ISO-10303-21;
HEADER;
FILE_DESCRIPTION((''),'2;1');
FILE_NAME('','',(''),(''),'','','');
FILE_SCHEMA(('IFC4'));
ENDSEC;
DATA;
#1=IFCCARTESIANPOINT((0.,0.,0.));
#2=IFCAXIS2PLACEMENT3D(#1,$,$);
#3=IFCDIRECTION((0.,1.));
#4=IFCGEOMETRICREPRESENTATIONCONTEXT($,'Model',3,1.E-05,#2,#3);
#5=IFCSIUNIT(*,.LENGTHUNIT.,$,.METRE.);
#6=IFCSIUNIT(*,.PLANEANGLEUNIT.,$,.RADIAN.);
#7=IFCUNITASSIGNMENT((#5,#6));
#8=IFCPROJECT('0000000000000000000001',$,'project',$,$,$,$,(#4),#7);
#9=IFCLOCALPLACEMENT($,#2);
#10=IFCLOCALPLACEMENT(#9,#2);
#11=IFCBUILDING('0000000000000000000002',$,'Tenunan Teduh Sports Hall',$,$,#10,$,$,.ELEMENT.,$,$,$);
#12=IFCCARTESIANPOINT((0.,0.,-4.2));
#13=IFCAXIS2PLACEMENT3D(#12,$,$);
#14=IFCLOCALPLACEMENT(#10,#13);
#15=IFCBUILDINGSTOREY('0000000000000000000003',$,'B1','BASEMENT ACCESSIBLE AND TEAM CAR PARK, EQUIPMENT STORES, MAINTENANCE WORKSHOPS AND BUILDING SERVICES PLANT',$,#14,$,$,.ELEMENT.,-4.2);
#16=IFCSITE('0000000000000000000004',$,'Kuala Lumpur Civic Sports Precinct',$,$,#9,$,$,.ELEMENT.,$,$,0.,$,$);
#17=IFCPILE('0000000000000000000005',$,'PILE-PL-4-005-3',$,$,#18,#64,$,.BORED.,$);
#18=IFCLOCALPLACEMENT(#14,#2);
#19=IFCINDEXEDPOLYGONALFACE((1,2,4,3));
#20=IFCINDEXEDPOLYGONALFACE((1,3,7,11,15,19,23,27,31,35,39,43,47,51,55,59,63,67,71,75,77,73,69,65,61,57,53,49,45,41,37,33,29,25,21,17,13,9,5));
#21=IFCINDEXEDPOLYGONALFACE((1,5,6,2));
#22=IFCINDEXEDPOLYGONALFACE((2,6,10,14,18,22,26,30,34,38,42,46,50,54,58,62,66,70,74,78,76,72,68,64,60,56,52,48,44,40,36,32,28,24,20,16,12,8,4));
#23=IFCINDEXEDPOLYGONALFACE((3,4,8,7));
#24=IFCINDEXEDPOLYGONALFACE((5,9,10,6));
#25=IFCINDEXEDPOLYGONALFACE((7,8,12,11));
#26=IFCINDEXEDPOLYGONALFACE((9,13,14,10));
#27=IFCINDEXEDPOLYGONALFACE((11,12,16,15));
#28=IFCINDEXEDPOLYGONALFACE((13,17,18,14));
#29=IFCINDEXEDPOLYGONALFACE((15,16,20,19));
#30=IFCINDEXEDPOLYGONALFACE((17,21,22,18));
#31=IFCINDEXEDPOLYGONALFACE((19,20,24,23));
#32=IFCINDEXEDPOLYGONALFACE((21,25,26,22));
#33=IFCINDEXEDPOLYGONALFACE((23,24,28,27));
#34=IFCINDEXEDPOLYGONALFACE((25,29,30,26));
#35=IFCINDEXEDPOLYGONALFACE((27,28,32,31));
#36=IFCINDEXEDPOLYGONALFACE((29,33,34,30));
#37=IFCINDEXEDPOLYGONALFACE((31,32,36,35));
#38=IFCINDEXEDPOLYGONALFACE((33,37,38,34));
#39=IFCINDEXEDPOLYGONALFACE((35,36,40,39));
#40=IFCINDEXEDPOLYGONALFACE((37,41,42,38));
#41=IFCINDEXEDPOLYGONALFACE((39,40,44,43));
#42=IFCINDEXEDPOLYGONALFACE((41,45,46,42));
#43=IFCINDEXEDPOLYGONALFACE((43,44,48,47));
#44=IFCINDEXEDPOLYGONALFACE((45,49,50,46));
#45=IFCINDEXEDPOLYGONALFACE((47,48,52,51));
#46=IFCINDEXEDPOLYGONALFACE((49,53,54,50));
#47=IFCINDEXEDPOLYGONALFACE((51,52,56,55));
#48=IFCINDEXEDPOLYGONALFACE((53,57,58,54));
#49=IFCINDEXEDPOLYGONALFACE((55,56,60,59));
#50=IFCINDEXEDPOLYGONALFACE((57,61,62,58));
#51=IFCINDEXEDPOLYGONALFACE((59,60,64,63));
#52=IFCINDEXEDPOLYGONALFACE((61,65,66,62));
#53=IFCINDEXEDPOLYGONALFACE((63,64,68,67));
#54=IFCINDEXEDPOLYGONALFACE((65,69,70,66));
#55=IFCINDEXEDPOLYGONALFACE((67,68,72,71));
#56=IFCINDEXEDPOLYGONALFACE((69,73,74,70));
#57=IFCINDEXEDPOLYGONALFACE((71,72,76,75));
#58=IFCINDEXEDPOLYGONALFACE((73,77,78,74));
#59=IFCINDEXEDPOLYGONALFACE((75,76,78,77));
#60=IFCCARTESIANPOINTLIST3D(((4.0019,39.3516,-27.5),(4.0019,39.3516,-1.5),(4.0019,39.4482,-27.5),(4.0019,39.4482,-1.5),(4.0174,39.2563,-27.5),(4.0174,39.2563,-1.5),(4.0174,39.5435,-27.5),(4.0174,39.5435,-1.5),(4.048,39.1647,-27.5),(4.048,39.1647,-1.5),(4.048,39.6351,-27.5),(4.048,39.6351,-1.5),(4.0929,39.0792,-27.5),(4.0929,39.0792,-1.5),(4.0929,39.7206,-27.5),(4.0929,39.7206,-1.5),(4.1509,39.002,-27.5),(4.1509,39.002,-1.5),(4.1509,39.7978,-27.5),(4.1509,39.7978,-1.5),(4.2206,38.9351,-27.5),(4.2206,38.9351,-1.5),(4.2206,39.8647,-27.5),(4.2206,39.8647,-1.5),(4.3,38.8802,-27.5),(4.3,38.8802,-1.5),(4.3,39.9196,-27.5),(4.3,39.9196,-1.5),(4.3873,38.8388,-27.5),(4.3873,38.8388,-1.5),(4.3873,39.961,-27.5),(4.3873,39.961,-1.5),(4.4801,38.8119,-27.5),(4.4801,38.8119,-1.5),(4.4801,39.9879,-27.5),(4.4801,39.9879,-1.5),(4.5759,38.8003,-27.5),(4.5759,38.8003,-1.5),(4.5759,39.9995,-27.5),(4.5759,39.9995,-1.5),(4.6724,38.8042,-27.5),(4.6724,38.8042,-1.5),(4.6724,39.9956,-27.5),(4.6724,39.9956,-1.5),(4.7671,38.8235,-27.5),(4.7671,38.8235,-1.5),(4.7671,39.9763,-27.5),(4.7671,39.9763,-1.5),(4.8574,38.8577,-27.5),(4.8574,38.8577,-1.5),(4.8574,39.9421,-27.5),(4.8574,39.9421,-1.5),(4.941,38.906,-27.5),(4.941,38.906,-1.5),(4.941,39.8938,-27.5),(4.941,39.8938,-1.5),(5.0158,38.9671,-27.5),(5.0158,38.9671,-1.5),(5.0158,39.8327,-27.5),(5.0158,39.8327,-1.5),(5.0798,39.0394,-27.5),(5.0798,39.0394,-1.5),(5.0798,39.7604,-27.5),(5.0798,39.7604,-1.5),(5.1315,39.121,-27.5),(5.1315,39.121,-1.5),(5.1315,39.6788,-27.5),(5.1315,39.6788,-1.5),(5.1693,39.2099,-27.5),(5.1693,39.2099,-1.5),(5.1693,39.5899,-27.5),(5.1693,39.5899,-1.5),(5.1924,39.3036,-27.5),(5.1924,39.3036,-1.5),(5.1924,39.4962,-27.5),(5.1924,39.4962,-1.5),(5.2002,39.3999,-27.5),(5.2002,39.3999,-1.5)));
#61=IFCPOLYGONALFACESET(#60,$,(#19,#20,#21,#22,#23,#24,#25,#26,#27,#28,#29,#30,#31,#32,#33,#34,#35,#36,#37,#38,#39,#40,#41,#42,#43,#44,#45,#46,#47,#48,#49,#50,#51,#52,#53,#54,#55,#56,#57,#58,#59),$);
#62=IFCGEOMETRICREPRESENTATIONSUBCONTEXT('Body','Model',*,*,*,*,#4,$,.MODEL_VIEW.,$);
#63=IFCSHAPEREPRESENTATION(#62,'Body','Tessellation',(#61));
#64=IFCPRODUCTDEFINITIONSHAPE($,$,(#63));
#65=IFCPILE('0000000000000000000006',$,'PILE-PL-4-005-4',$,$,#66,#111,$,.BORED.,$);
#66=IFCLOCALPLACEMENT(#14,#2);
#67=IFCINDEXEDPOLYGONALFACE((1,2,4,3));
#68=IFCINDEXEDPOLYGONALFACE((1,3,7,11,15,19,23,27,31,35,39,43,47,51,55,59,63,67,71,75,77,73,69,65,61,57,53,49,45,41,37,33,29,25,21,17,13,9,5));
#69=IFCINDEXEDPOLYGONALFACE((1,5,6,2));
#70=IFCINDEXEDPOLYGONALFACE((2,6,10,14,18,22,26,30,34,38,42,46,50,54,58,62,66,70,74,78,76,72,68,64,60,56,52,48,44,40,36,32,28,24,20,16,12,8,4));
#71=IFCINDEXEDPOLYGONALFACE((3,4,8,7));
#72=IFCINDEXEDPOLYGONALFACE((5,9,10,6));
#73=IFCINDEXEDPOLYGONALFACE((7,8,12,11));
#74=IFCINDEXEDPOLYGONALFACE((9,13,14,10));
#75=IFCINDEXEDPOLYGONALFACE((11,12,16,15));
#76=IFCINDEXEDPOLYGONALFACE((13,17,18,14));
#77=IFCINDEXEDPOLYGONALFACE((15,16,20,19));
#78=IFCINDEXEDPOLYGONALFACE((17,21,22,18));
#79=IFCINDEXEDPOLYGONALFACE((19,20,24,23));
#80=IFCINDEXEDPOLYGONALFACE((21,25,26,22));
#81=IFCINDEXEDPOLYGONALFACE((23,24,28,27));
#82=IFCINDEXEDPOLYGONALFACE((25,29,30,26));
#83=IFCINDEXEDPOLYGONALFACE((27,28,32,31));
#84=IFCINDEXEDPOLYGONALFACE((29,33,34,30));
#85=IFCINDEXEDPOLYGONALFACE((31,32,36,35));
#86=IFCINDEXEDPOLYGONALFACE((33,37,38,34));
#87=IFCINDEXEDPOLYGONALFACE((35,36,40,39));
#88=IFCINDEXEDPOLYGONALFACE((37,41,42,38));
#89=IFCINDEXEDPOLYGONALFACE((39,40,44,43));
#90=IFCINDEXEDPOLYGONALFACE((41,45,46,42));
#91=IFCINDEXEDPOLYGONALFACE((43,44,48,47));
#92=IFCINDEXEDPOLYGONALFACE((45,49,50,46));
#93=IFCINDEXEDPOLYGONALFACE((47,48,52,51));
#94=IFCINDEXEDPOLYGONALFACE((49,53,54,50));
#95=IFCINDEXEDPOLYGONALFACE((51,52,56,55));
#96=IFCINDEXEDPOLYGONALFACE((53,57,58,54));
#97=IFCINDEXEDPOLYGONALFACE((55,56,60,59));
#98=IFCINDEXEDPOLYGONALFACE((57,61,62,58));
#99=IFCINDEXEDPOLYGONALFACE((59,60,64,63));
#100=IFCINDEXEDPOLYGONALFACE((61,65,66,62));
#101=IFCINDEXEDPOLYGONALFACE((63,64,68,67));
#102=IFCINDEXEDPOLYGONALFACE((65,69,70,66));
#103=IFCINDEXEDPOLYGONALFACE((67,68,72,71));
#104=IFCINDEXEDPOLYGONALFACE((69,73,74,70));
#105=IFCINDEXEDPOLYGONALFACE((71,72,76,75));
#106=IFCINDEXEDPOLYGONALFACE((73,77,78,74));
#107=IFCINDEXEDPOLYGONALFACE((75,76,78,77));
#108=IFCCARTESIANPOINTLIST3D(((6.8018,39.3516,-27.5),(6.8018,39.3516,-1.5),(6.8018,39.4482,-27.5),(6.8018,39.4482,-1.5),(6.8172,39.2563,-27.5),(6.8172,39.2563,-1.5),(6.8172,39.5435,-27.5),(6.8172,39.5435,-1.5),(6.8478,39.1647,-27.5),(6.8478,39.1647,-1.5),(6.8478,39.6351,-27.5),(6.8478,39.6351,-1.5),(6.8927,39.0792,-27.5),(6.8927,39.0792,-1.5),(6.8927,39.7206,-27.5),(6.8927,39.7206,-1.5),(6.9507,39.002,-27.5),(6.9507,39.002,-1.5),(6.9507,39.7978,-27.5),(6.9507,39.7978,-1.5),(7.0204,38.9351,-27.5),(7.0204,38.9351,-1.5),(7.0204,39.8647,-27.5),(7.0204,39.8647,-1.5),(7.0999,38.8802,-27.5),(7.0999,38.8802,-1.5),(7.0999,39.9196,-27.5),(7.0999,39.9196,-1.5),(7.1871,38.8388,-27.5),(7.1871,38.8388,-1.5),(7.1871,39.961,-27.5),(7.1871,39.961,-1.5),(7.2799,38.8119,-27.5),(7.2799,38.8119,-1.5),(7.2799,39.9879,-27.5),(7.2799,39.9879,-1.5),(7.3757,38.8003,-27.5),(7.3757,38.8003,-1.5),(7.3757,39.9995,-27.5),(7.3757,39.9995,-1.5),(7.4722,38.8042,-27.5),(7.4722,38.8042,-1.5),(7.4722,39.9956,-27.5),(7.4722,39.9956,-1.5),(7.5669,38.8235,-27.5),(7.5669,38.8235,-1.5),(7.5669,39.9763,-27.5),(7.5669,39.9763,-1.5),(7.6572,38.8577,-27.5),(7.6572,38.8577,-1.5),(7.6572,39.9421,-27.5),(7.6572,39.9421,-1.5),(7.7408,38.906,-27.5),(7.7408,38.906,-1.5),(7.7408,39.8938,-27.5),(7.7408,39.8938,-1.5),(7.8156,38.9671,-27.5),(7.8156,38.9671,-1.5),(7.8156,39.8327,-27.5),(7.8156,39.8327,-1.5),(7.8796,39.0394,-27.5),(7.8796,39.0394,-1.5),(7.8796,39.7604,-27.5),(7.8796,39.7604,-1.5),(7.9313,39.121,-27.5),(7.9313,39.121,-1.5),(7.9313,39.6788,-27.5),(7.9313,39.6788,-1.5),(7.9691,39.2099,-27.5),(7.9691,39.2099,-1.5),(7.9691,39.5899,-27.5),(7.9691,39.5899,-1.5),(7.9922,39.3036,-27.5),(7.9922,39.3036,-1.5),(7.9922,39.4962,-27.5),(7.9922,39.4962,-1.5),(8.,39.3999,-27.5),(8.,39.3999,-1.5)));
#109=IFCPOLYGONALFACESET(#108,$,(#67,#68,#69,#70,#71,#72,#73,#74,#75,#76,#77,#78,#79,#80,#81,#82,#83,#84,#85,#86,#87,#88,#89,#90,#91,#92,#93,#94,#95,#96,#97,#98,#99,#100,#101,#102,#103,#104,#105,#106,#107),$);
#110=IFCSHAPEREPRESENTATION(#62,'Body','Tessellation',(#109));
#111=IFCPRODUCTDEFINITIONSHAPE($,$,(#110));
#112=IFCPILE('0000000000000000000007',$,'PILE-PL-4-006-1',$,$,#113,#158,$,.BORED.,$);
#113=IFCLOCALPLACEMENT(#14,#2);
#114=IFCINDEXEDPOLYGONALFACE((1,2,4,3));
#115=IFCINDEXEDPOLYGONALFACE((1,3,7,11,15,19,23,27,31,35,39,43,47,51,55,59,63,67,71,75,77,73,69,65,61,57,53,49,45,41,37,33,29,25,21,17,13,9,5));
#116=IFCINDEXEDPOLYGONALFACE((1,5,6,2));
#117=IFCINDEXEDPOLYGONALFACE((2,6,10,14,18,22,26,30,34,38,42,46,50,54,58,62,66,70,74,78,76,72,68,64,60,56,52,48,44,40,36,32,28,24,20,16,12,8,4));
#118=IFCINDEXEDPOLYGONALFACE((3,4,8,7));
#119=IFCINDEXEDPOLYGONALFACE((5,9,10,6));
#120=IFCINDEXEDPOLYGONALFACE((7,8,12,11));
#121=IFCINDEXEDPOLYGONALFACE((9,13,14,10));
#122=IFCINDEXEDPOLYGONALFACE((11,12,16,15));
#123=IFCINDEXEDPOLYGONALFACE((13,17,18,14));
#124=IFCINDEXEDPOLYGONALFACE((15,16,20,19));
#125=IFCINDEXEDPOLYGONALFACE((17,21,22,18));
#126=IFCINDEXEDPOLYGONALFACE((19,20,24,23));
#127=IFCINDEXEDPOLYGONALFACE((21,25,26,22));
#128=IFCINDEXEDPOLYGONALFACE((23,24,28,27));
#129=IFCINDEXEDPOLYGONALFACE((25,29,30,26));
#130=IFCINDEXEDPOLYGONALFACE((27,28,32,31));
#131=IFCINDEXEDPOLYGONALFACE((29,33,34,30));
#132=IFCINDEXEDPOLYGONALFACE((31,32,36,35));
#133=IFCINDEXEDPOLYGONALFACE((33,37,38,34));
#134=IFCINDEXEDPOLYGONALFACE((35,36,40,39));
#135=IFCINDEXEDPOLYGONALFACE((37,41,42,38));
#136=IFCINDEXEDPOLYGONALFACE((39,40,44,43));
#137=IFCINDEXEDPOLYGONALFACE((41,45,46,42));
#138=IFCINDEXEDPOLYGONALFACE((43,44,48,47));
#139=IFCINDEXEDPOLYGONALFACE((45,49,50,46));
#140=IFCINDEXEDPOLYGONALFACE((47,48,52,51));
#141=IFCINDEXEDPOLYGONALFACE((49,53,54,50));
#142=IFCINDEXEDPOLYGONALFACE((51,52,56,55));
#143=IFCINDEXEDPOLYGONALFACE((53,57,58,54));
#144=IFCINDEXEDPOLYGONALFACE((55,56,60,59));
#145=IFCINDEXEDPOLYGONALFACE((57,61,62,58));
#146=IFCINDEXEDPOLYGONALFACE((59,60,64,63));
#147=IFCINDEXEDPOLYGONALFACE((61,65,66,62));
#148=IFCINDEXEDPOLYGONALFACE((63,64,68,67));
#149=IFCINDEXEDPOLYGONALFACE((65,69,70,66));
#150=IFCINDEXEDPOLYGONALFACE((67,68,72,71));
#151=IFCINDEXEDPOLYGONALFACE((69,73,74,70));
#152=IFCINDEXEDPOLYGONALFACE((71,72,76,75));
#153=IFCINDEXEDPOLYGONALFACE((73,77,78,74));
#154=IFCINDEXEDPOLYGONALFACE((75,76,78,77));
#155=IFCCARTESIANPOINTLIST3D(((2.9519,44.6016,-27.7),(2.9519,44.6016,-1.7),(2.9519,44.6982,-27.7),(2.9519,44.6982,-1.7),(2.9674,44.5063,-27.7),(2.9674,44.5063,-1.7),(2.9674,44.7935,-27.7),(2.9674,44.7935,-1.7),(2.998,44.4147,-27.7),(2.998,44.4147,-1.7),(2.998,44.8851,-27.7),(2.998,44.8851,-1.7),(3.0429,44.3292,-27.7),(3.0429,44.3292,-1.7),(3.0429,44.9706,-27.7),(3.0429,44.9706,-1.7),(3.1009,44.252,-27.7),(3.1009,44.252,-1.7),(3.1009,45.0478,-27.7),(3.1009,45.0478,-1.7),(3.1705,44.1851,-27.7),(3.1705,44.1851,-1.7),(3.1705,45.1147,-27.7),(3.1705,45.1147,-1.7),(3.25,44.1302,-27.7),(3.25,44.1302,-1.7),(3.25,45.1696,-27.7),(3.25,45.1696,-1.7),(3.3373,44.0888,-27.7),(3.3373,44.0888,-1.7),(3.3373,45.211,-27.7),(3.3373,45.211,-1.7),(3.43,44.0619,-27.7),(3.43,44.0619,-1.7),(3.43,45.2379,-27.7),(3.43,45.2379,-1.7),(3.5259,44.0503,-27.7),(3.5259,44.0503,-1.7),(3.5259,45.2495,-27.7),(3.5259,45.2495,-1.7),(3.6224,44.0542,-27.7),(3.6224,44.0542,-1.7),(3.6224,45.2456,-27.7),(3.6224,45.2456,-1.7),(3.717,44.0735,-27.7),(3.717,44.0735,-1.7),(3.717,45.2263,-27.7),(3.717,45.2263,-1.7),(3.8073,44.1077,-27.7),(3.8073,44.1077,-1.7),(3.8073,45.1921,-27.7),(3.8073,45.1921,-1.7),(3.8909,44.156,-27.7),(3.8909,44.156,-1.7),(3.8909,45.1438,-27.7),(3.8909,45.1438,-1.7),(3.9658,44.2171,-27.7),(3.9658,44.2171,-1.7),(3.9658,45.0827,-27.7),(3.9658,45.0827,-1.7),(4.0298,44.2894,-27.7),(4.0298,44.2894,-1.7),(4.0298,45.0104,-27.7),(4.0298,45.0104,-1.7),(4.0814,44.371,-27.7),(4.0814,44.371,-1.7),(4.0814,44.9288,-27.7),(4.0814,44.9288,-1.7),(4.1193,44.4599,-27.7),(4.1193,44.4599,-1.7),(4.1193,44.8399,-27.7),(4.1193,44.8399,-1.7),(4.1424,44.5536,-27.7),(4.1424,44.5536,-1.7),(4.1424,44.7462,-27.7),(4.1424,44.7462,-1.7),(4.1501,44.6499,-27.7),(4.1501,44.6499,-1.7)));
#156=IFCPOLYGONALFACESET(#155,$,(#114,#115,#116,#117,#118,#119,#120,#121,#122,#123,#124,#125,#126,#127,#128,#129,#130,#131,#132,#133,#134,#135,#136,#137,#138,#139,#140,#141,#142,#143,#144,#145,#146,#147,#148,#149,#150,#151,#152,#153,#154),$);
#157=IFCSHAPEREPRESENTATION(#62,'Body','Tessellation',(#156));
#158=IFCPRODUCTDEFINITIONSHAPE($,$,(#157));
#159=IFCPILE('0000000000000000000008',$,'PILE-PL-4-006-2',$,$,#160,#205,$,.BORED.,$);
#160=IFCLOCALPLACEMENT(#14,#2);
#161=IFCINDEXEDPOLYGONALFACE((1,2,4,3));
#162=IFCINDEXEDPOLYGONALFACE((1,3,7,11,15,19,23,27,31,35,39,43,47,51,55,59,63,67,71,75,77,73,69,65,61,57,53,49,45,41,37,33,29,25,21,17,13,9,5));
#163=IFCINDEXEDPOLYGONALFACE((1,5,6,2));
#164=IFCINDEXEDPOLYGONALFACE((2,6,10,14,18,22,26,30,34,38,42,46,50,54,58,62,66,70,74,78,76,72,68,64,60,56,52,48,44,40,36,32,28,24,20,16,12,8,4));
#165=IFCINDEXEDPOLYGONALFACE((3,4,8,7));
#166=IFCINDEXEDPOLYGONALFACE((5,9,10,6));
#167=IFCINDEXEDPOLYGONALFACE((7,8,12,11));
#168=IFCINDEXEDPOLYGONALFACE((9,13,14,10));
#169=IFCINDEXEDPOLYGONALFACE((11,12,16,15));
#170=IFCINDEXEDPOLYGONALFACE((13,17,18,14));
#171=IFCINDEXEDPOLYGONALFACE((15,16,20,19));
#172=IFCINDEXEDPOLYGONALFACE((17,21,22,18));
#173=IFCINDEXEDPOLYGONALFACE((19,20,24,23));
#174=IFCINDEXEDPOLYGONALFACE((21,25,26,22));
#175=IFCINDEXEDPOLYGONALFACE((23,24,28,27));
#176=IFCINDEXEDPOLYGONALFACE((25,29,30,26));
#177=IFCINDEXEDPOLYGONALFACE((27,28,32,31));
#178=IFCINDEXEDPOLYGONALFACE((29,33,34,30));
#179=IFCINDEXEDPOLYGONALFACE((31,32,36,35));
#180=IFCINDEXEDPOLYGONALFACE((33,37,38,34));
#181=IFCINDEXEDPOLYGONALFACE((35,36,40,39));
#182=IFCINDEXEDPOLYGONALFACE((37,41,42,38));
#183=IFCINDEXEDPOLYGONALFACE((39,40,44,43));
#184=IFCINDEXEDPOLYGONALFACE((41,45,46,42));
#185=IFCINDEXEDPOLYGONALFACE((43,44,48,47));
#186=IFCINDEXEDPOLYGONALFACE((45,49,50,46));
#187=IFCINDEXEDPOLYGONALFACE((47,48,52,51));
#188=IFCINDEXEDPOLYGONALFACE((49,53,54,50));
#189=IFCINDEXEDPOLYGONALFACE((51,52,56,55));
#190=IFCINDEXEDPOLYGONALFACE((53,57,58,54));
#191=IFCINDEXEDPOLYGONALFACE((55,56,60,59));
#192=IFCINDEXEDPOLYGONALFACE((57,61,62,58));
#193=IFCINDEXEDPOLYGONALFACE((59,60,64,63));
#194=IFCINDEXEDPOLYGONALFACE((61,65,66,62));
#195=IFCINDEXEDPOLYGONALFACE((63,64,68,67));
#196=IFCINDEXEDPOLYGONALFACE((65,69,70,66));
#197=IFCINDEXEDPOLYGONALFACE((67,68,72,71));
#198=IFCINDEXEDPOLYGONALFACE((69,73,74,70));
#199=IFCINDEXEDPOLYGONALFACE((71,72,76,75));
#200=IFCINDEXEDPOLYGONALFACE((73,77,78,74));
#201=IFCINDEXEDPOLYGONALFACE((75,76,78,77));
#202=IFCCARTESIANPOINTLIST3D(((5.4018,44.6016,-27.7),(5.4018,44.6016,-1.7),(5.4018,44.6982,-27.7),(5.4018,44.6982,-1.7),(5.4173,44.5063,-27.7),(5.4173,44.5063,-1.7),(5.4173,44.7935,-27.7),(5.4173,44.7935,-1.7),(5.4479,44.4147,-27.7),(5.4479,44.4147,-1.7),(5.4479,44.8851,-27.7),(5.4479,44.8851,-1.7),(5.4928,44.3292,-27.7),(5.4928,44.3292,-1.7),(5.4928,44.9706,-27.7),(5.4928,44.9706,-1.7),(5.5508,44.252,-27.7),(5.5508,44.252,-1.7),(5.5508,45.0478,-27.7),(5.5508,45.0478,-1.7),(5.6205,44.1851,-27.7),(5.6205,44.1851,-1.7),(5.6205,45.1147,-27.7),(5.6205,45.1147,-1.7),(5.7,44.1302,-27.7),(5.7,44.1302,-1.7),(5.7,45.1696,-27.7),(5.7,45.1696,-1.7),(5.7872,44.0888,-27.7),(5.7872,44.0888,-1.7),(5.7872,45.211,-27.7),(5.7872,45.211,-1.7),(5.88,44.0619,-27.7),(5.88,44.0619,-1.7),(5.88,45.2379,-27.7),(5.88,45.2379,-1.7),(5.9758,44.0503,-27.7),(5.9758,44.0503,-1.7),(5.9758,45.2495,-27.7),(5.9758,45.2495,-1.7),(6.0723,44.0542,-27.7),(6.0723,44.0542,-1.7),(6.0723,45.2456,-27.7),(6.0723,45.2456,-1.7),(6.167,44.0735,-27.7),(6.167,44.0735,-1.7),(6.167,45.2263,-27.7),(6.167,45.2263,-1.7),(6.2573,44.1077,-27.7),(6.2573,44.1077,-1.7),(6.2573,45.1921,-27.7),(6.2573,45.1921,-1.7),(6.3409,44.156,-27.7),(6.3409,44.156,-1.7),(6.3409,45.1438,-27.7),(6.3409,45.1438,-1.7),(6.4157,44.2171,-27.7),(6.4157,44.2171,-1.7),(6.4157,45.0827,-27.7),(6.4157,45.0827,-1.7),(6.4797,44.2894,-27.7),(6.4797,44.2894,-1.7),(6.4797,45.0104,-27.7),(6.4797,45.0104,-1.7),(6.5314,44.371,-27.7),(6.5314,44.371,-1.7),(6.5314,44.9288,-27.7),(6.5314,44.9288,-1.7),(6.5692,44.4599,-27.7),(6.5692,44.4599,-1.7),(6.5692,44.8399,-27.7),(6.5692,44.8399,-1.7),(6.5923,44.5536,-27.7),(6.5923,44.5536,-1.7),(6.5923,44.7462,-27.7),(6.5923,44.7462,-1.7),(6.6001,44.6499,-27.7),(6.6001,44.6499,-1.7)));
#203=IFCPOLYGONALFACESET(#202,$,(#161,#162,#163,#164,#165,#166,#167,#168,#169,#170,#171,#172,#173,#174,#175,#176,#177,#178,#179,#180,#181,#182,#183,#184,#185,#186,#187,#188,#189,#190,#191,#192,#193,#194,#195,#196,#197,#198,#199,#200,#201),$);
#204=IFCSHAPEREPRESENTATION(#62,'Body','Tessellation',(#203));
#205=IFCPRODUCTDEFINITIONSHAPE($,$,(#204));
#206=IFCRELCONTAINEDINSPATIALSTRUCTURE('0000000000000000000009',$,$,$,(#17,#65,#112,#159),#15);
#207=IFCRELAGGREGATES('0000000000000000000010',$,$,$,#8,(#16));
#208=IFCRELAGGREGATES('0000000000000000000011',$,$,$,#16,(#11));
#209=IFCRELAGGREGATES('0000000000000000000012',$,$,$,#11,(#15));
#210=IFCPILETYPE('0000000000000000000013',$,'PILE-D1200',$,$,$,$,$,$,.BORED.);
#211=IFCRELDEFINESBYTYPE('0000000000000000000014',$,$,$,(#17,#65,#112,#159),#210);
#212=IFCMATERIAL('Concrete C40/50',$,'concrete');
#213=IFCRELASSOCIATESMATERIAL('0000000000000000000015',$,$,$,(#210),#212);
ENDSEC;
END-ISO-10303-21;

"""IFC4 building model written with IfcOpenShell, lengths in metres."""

from ifc_helpers import new_model, si_unit, direction, frame, origin, origin_2d, place, context, subcontext, project, spatial, circle, extrude, material, material_profile, profile_set, type_object, element, save


model = new_model("IFC4")

# Units and contexts
model_context = context("Model", 3, precision=1e-05, world=origin(), true_north=direction((0.0, 1.0)))
body_context = subcontext(model_context, "Body", "Model", "MODEL_VIEW")
ifc_project = project(units=[si_unit("LENGTHUNIT", "METRE"), si_unit("PLANEANGLEUNIT", "RADIAN")], contexts=[model_context])

# Site, building, storey
site_placement = place(None, origin())
site = spatial("IfcSite", under=ifc_project, at=site_placement, Name="Kuala Lumpur Civic Sports Precinct", CompositionType="ELEMENT", RefElevation=0.0)
building_placement = place(site_placement, origin())
building = spatial("IfcBuilding", under=site, at=building_placement, Name="Tenunan Teduh Sports Hall", CompositionType="ELEMENT")
storey_placement = place(building_placement, frame((0.0, 0.0, -4.2)))
storey = spatial("IfcBuildingStorey", under=building, at=storey_placement, Name="B1", Description="BASEMENT ACCESSIBLE AND TEAM CAR PARK, EQUIPMENT STORES, MAINTENANCE WORKSHOPS AND BUILDING SERVICES PLANT", CompositionType="ELEMENT", Elevation=-4.2)

# Piles
ifc_material_1 = material(Name="Concrete C40/50", Category="concrete")
ifc_material_profile_1 = material_profile(ifc_material_1, circle(Radius=0.6001, at=origin_2d()), Name="PILE D1200")
ifc_profile_set_1 = profile_set([ifc_material_profile_1], Name="Concrete C40/50")
pile_type_1 = type_object("IfcPileType", Name="PILE-D1200", PredefinedType="BORED", material=ifc_profile_set_1)
for number, where, z_axis, x_axis, name in (
    (1, (4.6001, 39.3999, -1.5), (0.0, 0.0, -1.0), (1.0, 0.0, 0.0), "PILE-PL-4-005-3"),
    (2, (7.3999, 39.3999, -1.5), (0.0, 0.0, -1.0), (1.0, 0.0, 0.0), "PILE-PL-4-005-4"),
    (3, (3.55, 44.6499, -1.7), (0.0, 0.0, -1.0), (1.0, 0.0, 0.0), "PILE-PL-4-006-1"),
    (4, (6.0, 44.6499, -1.7), (0.0, 0.0, -1.0), (1.0, 0.0, 0.0), "PILE-PL-4-006-2"),
):
    element("IfcPile", number, at=place(storey_placement, frame(where, z_axis=z_axis, x_axis=x_axis)), inside=storey, type_object=pile_type_1, Name=name, PredefinedType="BORED", context=body_context, shape_type="SweptSolid", body=[
        extrude(circle(Radius=0.6001, at=origin_2d()), origin(), (0.0, 0.0, 1.0), 26.0),
    ])

save(model, "model.ifc")
